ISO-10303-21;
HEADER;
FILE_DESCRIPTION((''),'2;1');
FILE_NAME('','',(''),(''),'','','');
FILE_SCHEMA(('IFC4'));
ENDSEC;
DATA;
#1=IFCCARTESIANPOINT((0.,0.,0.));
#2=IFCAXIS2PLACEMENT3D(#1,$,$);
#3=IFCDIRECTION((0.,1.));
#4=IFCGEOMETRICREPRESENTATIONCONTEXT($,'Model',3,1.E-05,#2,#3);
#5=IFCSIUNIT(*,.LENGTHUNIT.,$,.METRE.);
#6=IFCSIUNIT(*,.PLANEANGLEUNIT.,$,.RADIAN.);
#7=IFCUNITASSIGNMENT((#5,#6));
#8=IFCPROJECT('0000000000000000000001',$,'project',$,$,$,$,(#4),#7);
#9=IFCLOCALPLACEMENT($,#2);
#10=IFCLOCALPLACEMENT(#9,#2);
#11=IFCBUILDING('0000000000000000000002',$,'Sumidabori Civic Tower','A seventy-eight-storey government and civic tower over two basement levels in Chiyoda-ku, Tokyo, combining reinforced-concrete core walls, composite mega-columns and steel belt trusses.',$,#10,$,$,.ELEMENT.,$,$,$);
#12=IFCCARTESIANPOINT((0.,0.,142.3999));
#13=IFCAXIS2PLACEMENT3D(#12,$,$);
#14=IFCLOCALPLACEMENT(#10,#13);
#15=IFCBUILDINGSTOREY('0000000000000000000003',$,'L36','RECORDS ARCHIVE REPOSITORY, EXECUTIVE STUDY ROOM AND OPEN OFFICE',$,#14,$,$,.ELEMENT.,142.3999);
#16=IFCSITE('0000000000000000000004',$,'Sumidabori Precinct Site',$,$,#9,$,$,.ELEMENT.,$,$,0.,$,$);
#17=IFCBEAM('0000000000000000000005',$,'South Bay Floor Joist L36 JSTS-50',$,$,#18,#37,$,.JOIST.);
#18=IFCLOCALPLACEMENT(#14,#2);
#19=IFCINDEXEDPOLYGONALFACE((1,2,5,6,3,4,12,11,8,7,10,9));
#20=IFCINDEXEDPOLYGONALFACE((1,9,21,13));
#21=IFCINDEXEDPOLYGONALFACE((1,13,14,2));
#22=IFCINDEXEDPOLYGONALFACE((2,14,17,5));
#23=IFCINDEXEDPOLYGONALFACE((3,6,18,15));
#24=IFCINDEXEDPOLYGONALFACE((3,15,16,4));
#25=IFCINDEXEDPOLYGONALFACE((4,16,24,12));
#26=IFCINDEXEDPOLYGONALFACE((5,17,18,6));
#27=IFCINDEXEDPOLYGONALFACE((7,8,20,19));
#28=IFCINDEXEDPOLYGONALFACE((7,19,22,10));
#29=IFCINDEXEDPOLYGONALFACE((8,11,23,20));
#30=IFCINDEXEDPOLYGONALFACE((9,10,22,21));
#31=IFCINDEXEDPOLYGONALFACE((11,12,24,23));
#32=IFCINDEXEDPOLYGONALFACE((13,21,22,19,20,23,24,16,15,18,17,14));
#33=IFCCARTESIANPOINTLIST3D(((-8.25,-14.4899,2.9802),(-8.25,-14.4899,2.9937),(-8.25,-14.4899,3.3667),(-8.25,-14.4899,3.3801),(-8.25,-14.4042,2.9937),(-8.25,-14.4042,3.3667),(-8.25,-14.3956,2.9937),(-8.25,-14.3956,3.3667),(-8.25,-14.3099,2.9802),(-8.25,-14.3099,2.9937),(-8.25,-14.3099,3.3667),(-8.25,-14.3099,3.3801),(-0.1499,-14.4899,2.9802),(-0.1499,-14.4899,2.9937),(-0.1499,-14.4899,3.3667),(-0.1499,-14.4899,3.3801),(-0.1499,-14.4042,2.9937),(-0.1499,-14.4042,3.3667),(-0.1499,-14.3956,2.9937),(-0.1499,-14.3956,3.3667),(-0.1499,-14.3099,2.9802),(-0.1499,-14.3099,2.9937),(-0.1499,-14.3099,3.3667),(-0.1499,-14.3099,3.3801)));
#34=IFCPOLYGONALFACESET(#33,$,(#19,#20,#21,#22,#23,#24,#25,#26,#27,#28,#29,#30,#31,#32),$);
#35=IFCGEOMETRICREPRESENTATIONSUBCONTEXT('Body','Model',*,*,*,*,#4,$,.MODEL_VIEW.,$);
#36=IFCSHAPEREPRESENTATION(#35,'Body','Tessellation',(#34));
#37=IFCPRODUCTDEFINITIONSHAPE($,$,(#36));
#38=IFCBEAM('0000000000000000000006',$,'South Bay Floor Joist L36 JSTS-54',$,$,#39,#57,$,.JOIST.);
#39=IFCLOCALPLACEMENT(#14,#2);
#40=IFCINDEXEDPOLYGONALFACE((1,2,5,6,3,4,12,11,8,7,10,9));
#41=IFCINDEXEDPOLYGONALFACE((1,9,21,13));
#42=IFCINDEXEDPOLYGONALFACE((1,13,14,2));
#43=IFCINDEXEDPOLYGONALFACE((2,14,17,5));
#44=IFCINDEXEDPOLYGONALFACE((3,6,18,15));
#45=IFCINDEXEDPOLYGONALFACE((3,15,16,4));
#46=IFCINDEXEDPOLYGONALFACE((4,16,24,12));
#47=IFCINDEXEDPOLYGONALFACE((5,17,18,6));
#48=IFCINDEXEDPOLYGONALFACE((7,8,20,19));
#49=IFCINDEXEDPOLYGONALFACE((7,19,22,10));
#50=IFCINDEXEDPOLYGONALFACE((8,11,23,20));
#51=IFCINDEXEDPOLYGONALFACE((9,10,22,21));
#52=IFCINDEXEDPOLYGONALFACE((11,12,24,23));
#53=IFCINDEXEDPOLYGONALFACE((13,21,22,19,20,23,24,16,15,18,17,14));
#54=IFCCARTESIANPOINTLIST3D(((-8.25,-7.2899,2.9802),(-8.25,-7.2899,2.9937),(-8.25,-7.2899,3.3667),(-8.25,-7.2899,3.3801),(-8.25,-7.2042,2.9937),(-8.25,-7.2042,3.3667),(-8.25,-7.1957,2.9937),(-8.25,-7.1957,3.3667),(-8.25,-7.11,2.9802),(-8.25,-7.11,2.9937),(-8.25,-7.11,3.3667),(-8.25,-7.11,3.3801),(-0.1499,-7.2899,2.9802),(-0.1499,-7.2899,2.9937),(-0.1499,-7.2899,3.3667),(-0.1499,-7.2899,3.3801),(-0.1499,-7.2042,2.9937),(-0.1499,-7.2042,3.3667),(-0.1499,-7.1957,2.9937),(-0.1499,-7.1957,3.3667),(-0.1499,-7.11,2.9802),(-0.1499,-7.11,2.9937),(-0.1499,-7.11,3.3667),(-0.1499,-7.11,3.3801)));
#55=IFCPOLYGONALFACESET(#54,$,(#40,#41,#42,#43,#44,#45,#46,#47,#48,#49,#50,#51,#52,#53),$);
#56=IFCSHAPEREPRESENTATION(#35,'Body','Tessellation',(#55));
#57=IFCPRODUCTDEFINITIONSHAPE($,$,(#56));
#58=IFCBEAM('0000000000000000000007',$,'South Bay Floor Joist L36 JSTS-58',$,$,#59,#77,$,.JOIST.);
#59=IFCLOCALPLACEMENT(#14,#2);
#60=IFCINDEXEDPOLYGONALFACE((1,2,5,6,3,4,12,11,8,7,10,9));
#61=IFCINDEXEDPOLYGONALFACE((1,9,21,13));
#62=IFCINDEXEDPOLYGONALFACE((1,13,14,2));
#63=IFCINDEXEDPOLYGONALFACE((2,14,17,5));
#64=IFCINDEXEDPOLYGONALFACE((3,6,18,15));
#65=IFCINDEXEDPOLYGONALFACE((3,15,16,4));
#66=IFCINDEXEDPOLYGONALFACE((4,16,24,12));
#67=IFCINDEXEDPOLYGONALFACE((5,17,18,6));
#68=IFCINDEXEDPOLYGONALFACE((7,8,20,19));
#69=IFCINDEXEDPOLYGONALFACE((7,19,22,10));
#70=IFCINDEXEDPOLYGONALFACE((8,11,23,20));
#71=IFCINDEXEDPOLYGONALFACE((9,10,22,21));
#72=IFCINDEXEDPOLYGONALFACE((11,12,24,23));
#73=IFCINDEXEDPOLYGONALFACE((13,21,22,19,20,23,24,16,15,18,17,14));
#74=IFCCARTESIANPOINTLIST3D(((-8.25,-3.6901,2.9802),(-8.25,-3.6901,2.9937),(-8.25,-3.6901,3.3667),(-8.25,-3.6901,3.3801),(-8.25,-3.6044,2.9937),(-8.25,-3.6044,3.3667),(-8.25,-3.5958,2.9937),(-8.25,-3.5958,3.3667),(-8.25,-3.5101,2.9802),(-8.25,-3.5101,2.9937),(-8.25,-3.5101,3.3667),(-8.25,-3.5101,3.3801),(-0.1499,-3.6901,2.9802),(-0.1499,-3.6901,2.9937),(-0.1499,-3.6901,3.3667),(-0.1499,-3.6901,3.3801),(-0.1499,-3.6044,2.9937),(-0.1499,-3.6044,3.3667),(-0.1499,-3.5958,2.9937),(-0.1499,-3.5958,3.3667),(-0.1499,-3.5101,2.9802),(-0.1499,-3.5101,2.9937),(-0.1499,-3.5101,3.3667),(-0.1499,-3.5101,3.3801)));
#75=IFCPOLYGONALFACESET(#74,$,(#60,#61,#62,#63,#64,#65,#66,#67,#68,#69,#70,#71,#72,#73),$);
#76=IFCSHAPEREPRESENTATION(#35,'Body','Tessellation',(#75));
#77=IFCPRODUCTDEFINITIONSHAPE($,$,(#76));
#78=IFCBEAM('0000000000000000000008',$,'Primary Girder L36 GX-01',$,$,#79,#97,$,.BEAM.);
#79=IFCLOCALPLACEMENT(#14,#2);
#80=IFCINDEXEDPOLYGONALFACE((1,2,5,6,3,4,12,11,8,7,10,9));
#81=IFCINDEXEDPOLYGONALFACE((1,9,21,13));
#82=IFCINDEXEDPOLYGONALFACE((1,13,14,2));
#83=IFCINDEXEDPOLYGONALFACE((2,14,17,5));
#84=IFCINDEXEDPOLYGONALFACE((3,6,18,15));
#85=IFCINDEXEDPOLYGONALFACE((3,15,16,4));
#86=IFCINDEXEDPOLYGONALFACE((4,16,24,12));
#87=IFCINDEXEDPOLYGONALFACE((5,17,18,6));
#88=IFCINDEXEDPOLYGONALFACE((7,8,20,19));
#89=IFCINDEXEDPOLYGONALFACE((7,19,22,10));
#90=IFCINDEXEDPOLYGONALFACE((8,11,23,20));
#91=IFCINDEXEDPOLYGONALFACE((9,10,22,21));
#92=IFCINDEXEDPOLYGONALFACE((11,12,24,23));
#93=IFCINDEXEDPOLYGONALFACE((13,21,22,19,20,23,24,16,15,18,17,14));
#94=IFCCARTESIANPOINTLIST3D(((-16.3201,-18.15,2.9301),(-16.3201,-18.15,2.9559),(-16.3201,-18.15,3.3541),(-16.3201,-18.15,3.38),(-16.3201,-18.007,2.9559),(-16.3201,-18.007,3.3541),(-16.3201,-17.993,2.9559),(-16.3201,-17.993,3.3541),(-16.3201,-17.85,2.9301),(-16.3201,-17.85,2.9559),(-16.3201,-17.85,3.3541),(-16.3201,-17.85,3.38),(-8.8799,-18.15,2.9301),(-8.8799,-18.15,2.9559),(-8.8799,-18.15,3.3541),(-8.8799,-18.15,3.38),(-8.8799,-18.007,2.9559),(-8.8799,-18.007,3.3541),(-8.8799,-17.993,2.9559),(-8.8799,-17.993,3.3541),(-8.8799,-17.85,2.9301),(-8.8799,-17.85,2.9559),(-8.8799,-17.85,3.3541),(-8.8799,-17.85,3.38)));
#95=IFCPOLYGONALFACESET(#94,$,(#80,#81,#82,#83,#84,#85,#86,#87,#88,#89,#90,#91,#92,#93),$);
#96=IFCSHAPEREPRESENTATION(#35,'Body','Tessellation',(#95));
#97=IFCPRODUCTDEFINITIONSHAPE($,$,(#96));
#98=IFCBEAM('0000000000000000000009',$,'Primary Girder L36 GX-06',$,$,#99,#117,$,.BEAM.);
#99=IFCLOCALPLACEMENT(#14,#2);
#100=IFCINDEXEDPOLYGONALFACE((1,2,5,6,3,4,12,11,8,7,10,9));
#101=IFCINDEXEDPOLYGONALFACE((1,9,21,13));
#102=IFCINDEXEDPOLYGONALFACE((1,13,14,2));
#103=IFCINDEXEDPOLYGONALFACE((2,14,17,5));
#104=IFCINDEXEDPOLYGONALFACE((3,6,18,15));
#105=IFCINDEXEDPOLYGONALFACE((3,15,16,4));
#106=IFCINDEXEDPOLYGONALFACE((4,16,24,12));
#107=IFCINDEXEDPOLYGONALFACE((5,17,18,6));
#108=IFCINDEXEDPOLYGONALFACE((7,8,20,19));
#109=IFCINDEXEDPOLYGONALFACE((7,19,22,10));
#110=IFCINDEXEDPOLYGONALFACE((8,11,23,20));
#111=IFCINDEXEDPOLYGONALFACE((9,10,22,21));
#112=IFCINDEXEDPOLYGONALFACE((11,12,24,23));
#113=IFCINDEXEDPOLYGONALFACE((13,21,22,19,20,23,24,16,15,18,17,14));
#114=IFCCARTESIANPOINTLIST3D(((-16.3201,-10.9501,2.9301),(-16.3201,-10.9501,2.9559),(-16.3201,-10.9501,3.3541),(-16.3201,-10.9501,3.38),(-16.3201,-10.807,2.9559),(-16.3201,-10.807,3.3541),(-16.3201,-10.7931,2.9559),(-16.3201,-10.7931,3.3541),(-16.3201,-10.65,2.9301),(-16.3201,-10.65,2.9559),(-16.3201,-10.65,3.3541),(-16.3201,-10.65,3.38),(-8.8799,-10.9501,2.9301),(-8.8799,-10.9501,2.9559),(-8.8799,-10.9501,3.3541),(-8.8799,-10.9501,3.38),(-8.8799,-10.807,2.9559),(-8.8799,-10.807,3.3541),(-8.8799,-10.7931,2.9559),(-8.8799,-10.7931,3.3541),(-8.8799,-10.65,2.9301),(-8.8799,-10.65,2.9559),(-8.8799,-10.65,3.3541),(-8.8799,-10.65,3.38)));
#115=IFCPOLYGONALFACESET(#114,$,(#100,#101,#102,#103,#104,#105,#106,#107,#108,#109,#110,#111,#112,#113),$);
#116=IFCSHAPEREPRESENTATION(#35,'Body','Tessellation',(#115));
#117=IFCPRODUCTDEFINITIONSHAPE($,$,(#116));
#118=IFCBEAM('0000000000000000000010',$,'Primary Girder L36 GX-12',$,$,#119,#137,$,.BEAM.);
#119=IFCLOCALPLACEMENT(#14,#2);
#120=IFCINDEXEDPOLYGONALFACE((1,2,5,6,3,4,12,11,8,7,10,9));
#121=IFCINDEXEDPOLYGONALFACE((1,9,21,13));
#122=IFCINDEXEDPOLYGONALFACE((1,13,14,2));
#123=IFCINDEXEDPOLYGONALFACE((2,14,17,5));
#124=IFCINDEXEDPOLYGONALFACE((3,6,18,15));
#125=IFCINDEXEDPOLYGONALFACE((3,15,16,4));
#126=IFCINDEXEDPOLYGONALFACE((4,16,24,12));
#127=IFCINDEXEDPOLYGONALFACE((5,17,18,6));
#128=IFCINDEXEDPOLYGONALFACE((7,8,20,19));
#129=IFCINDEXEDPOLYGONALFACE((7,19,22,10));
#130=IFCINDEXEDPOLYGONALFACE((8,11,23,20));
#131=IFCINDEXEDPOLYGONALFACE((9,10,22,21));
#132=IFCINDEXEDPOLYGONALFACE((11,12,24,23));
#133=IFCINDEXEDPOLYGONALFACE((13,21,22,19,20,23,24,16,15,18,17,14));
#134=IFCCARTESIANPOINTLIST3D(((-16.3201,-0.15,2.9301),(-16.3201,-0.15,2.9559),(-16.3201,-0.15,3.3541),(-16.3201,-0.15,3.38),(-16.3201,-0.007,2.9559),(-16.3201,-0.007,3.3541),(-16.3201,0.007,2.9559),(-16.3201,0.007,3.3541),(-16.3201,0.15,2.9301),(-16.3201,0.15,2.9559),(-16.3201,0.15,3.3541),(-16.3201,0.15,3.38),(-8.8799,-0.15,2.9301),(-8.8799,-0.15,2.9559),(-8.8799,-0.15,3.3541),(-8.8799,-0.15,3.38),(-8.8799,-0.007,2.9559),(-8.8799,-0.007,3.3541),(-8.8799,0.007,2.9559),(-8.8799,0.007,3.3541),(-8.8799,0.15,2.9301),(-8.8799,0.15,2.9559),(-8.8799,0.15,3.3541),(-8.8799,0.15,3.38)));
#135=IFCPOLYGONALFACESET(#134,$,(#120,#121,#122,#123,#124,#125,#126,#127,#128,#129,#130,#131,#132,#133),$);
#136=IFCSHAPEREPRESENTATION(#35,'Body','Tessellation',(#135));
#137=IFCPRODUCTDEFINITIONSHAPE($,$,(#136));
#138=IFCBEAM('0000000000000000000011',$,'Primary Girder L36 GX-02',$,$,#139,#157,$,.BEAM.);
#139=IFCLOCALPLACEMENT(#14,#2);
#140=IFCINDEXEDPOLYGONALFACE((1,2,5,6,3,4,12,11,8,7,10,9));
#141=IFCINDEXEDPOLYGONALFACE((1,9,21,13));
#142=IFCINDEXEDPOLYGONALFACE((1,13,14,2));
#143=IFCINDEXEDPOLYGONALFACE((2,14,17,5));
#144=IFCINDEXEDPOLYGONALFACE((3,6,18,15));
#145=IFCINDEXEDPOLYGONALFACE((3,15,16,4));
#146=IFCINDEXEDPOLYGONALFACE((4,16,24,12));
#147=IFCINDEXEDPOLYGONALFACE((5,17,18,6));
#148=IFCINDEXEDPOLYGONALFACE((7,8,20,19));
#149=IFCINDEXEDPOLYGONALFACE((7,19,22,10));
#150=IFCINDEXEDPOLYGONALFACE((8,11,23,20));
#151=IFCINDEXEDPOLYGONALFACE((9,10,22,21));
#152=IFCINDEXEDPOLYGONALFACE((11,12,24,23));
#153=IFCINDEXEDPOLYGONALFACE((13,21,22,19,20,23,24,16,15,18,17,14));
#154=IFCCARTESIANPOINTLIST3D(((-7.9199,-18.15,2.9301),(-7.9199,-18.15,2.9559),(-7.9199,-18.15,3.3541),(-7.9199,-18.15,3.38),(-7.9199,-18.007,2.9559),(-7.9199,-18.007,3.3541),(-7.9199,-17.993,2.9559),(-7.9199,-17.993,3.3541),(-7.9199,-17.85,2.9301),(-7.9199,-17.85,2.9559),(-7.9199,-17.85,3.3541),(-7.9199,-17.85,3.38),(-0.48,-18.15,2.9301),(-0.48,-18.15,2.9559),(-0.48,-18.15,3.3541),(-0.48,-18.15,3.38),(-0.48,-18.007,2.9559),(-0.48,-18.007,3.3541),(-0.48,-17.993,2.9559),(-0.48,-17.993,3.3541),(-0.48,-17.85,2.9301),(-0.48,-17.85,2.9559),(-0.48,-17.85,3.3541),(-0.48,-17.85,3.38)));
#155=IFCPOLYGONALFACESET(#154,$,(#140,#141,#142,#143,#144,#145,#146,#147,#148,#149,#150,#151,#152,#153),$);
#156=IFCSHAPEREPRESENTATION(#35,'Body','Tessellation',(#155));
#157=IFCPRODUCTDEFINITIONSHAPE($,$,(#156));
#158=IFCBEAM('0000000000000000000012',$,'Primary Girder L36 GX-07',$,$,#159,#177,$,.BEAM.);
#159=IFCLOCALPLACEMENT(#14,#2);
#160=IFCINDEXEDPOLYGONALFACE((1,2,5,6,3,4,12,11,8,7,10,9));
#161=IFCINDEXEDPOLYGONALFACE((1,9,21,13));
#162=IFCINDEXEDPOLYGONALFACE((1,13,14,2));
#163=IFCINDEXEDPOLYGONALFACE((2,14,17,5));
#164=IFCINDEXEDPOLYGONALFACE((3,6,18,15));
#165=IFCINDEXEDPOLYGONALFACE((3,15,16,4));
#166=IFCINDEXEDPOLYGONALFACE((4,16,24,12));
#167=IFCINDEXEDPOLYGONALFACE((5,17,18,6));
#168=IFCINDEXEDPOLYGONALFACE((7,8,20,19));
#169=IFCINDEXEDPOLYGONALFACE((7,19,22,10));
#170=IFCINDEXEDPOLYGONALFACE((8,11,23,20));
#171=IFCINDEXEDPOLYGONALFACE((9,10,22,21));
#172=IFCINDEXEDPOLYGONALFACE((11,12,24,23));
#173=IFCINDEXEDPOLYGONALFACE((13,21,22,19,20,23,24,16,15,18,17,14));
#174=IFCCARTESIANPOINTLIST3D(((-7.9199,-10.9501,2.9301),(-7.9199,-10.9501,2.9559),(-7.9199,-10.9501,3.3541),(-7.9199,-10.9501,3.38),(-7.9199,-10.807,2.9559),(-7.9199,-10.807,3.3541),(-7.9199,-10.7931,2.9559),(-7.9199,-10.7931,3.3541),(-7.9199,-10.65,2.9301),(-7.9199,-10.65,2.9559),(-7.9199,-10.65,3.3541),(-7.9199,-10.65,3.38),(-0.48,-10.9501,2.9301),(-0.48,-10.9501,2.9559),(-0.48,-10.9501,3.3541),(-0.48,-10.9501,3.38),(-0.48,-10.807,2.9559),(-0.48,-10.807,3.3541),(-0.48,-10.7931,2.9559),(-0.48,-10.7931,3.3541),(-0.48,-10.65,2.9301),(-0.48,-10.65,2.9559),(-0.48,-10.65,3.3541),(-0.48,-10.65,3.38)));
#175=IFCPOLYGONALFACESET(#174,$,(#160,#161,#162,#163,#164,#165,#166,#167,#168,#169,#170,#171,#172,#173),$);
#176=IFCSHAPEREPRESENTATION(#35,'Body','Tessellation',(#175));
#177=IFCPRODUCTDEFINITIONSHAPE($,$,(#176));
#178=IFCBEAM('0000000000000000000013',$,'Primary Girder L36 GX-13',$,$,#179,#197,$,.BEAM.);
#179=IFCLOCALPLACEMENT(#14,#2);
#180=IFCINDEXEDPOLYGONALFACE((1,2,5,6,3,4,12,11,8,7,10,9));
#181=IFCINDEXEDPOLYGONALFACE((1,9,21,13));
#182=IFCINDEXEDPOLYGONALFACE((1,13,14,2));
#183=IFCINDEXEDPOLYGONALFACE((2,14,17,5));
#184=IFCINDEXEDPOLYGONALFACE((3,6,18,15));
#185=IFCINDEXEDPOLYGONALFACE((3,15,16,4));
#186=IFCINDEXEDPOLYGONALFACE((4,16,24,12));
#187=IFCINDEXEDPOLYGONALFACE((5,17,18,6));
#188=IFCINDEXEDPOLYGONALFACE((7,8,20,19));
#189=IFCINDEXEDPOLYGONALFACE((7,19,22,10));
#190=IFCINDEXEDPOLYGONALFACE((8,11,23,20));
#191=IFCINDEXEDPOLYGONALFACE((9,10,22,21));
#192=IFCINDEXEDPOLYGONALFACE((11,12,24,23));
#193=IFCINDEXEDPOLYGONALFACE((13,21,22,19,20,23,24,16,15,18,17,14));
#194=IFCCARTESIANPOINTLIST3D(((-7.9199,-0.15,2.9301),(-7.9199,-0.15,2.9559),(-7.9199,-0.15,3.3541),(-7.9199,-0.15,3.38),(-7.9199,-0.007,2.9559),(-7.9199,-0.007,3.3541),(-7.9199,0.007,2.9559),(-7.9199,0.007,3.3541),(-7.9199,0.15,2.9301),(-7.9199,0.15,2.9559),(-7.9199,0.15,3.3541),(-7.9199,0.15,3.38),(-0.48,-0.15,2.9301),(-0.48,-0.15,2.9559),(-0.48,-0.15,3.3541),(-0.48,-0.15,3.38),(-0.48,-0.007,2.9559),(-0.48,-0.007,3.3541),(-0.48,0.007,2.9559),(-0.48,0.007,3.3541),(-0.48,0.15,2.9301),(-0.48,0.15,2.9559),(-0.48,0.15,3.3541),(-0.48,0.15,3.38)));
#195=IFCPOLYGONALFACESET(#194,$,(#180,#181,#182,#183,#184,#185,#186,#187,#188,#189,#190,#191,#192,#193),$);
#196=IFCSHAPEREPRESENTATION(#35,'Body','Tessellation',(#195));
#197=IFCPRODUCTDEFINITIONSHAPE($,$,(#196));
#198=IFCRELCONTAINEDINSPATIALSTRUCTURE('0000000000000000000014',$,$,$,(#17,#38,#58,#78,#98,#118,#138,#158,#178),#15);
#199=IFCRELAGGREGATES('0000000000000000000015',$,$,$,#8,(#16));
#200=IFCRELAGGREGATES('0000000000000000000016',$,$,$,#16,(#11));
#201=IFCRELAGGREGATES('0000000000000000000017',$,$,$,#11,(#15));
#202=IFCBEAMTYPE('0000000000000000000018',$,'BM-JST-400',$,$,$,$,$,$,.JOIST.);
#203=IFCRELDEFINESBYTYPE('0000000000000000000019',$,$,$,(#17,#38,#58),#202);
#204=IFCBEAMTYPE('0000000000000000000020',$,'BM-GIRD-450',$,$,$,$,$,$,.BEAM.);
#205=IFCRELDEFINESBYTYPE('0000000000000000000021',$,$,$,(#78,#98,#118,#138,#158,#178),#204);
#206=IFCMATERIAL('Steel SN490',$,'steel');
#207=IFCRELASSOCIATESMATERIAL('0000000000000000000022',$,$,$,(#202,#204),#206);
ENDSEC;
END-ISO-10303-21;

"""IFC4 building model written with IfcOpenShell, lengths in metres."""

from ifc_helpers import new_model, si_unit, direction, frame, origin, origin_2d, place, context, subcontext, project, spatial, i_section, extrude, source, transform, mapped, material, material_profile, profile_set, type_object, element, save


model = new_model("IFC4")

# Units and contexts
model_context = context("Model", 3, precision=1e-05, world=origin(), true_north=direction((0.0, 1.0)))
body_context = subcontext(model_context, "Body", "Model", "MODEL_VIEW")
ifc_project = project(units=[si_unit("LENGTHUNIT", "METRE"), si_unit("PLANEANGLEUNIT", "RADIAN")], contexts=[model_context])

# Site, building, storey
site_placement = place(None, origin())
site = spatial("IfcSite", under=ifc_project, at=site_placement, Name="Sumidabori Precinct Site", CompositionType="ELEMENT", RefElevation=0.0)
building_placement = place(site_placement, origin())
building = spatial("IfcBuilding", under=site, at=building_placement, Name="Sumidabori Civic Tower", Description="A seventy-eight-storey government and civic tower over two basement levels in Chiyoda-ku, Tokyo, combining reinforced-concrete core walls, composite mega-columns and steel belt trusses.", CompositionType="ELEMENT")
storey_placement = place(building_placement, frame((0.0, 0.0, 142.3999)))
storey = spatial("IfcBuildingStorey", under=building, at=storey_placement, Name="L36", Description="RECORDS ARCHIVE REPOSITORY, EXECUTIVE STUDY ROOM AND OPEN OFFICE", CompositionType="ELEMENT", Elevation=142.3999)

# Beams
ifc_material_1 = material(Name="Steel SN490", Category="steel")
ifc_material_profile_1 = material_profile(ifc_material_1, i_section(OverallWidth=0.1799, OverallDepth=0.3999, WebThickness=0.0085, FlangeThickness=0.0134, at=origin_2d()), Name="IPE 400")
ifc_profile_set_1 = profile_set([ifc_material_profile_1], Name="Steel SN490")
beam_type_1 = type_object("IfcBeamType", Name="BM-JST-400", PredefinedType="JOIST", material=ifc_profile_set_1)
shared_shape_1 = source(origin(), body_context, "Body", "SweptSolid", [
    extrude(i_section(OverallWidth=0.1799, OverallDepth=0.3999, WebThickness=0.0085, FlangeThickness=0.0134, at=origin_2d()), origin(), (0.0, 0.0, 1.0), 8.1001),
])
for number, where, z_axis, x_axis, name in (
    (1, (-8.25, -14.3999, 3.1802), (1.0, 0.0, 0.0), (0.0, 1.0, 0.0), "South Bay Floor Joist L36 JSTS-50"),
    (2, (-8.25, -7.2, 3.1802), (1.0, 0.0, 0.0), (0.0, 1.0, 0.0), "South Bay Floor Joist L36 JSTS-54"),
    (3, (-8.25, -3.6001, 3.1802), (1.0, 0.0, 0.0), (0.0, 1.0, 0.0), "South Bay Floor Joist L36 JSTS-58"),
):
    element("IfcBeam", number, at=place(storey_placement, frame(where, z_axis=z_axis, x_axis=x_axis)), inside=storey, type_object=beam_type_1, Name=name, PredefinedType="JOIST", context=body_context, shape_type="MappedRepresentation", body=[
        mapped(shared_shape_1, transform((0.0, 0.0, 0.0), x_axis=(1.0, 0.0, 0.0), y_axis=(0.0, 1.0, 0.0), z_axis=(0.0, 0.0, 1.0), scale=1.0)),
    ])
ifc_material_profile_2 = material_profile(ifc_material_1, i_section(OverallWidth=0.3, OverallDepth=0.45, WebThickness=0.0139, FlangeThickness=0.0259, at=origin_2d()), Name="HE 450 B")
ifc_profile_set_2 = profile_set([ifc_material_profile_2], Name="Steel SN490")
beam_type_2 = type_object("IfcBeamType", Name="BM-GIRD-450", PredefinedType="BEAM", material=ifc_profile_set_2)
shared_shape_2 = source(origin(), body_context, "Body", "SweptSolid", [
    extrude(i_section(OverallWidth=0.3, OverallDepth=0.45, WebThickness=0.0139, FlangeThickness=0.0259, at=origin_2d()), origin(), (0.0, 0.0, 1.0), 7.4402),
])
for number, where, z_axis, x_axis, name in (
    (4, (-16.3201, -18.0, 3.155), (1.0, 0.0, 0.0), (0.0, 1.0, 0.0), "Primary Girder L36 GX-01"),
    (5, (-16.3201, -10.8, 3.155), (1.0, 0.0, 0.0), (0.0, 1.0, 0.0), "Primary Girder L36 GX-06"),
    (6, (-16.3201, 0.0, 3.155), (1.0, 0.0, 0.0), (0.0, 1.0, 0.0), "Primary Girder L36 GX-12"),
):
    element("IfcBeam", number, at=place(storey_placement, frame(where, z_axis=z_axis, x_axis=x_axis)), inside=storey, type_object=beam_type_2, Name=name, PredefinedType="BEAM", context=body_context, shape_type="MappedRepresentation", body=[
        mapped(shared_shape_2, transform((0.0, 0.0, 0.0), x_axis=(1.0, 0.0, 0.0), y_axis=(0.0, 1.0, 0.0), z_axis=(0.0, 0.0, 1.0), scale=1.0)),
    ])
shared_shape_3 = source(origin(), body_context, "Body", "SweptSolid", [
    extrude(i_section(OverallWidth=0.3, OverallDepth=0.45, WebThickness=0.0139, FlangeThickness=0.0259, at=origin_2d()), origin(), (0.0, 0.0, 1.0), 7.4399),
])
for number, where, z_axis, x_axis, name in (
    (7, (-7.9199, -18.0, 3.155), (1.0, 0.0, 0.0), (0.0, 1.0, 0.0), "Primary Girder L36 GX-02"),
    (8, (-7.9199, -10.8, 3.155), (1.0, 0.0, 0.0), (0.0, 1.0, 0.0), "Primary Girder L36 GX-07"),
    (9, (-7.9199, 0.0, 3.155), (1.0, 0.0, 0.0), (0.0, 1.0, 0.0), "Primary Girder L36 GX-13"),
):
    element("IfcBeam", number, at=place(storey_placement, frame(where, z_axis=z_axis, x_axis=x_axis)), inside=storey, type_object=beam_type_2, Name=name, PredefinedType="BEAM", context=body_context, shape_type="MappedRepresentation", body=[
        mapped(shared_shape_3, transform((0.0, 0.0, 0.0), x_axis=(1.0, 0.0, 0.0), y_axis=(0.0, 1.0, 0.0), z_axis=(0.0, 0.0, 1.0), scale=1.0)),
    ])

save(model, "model.ifc")
